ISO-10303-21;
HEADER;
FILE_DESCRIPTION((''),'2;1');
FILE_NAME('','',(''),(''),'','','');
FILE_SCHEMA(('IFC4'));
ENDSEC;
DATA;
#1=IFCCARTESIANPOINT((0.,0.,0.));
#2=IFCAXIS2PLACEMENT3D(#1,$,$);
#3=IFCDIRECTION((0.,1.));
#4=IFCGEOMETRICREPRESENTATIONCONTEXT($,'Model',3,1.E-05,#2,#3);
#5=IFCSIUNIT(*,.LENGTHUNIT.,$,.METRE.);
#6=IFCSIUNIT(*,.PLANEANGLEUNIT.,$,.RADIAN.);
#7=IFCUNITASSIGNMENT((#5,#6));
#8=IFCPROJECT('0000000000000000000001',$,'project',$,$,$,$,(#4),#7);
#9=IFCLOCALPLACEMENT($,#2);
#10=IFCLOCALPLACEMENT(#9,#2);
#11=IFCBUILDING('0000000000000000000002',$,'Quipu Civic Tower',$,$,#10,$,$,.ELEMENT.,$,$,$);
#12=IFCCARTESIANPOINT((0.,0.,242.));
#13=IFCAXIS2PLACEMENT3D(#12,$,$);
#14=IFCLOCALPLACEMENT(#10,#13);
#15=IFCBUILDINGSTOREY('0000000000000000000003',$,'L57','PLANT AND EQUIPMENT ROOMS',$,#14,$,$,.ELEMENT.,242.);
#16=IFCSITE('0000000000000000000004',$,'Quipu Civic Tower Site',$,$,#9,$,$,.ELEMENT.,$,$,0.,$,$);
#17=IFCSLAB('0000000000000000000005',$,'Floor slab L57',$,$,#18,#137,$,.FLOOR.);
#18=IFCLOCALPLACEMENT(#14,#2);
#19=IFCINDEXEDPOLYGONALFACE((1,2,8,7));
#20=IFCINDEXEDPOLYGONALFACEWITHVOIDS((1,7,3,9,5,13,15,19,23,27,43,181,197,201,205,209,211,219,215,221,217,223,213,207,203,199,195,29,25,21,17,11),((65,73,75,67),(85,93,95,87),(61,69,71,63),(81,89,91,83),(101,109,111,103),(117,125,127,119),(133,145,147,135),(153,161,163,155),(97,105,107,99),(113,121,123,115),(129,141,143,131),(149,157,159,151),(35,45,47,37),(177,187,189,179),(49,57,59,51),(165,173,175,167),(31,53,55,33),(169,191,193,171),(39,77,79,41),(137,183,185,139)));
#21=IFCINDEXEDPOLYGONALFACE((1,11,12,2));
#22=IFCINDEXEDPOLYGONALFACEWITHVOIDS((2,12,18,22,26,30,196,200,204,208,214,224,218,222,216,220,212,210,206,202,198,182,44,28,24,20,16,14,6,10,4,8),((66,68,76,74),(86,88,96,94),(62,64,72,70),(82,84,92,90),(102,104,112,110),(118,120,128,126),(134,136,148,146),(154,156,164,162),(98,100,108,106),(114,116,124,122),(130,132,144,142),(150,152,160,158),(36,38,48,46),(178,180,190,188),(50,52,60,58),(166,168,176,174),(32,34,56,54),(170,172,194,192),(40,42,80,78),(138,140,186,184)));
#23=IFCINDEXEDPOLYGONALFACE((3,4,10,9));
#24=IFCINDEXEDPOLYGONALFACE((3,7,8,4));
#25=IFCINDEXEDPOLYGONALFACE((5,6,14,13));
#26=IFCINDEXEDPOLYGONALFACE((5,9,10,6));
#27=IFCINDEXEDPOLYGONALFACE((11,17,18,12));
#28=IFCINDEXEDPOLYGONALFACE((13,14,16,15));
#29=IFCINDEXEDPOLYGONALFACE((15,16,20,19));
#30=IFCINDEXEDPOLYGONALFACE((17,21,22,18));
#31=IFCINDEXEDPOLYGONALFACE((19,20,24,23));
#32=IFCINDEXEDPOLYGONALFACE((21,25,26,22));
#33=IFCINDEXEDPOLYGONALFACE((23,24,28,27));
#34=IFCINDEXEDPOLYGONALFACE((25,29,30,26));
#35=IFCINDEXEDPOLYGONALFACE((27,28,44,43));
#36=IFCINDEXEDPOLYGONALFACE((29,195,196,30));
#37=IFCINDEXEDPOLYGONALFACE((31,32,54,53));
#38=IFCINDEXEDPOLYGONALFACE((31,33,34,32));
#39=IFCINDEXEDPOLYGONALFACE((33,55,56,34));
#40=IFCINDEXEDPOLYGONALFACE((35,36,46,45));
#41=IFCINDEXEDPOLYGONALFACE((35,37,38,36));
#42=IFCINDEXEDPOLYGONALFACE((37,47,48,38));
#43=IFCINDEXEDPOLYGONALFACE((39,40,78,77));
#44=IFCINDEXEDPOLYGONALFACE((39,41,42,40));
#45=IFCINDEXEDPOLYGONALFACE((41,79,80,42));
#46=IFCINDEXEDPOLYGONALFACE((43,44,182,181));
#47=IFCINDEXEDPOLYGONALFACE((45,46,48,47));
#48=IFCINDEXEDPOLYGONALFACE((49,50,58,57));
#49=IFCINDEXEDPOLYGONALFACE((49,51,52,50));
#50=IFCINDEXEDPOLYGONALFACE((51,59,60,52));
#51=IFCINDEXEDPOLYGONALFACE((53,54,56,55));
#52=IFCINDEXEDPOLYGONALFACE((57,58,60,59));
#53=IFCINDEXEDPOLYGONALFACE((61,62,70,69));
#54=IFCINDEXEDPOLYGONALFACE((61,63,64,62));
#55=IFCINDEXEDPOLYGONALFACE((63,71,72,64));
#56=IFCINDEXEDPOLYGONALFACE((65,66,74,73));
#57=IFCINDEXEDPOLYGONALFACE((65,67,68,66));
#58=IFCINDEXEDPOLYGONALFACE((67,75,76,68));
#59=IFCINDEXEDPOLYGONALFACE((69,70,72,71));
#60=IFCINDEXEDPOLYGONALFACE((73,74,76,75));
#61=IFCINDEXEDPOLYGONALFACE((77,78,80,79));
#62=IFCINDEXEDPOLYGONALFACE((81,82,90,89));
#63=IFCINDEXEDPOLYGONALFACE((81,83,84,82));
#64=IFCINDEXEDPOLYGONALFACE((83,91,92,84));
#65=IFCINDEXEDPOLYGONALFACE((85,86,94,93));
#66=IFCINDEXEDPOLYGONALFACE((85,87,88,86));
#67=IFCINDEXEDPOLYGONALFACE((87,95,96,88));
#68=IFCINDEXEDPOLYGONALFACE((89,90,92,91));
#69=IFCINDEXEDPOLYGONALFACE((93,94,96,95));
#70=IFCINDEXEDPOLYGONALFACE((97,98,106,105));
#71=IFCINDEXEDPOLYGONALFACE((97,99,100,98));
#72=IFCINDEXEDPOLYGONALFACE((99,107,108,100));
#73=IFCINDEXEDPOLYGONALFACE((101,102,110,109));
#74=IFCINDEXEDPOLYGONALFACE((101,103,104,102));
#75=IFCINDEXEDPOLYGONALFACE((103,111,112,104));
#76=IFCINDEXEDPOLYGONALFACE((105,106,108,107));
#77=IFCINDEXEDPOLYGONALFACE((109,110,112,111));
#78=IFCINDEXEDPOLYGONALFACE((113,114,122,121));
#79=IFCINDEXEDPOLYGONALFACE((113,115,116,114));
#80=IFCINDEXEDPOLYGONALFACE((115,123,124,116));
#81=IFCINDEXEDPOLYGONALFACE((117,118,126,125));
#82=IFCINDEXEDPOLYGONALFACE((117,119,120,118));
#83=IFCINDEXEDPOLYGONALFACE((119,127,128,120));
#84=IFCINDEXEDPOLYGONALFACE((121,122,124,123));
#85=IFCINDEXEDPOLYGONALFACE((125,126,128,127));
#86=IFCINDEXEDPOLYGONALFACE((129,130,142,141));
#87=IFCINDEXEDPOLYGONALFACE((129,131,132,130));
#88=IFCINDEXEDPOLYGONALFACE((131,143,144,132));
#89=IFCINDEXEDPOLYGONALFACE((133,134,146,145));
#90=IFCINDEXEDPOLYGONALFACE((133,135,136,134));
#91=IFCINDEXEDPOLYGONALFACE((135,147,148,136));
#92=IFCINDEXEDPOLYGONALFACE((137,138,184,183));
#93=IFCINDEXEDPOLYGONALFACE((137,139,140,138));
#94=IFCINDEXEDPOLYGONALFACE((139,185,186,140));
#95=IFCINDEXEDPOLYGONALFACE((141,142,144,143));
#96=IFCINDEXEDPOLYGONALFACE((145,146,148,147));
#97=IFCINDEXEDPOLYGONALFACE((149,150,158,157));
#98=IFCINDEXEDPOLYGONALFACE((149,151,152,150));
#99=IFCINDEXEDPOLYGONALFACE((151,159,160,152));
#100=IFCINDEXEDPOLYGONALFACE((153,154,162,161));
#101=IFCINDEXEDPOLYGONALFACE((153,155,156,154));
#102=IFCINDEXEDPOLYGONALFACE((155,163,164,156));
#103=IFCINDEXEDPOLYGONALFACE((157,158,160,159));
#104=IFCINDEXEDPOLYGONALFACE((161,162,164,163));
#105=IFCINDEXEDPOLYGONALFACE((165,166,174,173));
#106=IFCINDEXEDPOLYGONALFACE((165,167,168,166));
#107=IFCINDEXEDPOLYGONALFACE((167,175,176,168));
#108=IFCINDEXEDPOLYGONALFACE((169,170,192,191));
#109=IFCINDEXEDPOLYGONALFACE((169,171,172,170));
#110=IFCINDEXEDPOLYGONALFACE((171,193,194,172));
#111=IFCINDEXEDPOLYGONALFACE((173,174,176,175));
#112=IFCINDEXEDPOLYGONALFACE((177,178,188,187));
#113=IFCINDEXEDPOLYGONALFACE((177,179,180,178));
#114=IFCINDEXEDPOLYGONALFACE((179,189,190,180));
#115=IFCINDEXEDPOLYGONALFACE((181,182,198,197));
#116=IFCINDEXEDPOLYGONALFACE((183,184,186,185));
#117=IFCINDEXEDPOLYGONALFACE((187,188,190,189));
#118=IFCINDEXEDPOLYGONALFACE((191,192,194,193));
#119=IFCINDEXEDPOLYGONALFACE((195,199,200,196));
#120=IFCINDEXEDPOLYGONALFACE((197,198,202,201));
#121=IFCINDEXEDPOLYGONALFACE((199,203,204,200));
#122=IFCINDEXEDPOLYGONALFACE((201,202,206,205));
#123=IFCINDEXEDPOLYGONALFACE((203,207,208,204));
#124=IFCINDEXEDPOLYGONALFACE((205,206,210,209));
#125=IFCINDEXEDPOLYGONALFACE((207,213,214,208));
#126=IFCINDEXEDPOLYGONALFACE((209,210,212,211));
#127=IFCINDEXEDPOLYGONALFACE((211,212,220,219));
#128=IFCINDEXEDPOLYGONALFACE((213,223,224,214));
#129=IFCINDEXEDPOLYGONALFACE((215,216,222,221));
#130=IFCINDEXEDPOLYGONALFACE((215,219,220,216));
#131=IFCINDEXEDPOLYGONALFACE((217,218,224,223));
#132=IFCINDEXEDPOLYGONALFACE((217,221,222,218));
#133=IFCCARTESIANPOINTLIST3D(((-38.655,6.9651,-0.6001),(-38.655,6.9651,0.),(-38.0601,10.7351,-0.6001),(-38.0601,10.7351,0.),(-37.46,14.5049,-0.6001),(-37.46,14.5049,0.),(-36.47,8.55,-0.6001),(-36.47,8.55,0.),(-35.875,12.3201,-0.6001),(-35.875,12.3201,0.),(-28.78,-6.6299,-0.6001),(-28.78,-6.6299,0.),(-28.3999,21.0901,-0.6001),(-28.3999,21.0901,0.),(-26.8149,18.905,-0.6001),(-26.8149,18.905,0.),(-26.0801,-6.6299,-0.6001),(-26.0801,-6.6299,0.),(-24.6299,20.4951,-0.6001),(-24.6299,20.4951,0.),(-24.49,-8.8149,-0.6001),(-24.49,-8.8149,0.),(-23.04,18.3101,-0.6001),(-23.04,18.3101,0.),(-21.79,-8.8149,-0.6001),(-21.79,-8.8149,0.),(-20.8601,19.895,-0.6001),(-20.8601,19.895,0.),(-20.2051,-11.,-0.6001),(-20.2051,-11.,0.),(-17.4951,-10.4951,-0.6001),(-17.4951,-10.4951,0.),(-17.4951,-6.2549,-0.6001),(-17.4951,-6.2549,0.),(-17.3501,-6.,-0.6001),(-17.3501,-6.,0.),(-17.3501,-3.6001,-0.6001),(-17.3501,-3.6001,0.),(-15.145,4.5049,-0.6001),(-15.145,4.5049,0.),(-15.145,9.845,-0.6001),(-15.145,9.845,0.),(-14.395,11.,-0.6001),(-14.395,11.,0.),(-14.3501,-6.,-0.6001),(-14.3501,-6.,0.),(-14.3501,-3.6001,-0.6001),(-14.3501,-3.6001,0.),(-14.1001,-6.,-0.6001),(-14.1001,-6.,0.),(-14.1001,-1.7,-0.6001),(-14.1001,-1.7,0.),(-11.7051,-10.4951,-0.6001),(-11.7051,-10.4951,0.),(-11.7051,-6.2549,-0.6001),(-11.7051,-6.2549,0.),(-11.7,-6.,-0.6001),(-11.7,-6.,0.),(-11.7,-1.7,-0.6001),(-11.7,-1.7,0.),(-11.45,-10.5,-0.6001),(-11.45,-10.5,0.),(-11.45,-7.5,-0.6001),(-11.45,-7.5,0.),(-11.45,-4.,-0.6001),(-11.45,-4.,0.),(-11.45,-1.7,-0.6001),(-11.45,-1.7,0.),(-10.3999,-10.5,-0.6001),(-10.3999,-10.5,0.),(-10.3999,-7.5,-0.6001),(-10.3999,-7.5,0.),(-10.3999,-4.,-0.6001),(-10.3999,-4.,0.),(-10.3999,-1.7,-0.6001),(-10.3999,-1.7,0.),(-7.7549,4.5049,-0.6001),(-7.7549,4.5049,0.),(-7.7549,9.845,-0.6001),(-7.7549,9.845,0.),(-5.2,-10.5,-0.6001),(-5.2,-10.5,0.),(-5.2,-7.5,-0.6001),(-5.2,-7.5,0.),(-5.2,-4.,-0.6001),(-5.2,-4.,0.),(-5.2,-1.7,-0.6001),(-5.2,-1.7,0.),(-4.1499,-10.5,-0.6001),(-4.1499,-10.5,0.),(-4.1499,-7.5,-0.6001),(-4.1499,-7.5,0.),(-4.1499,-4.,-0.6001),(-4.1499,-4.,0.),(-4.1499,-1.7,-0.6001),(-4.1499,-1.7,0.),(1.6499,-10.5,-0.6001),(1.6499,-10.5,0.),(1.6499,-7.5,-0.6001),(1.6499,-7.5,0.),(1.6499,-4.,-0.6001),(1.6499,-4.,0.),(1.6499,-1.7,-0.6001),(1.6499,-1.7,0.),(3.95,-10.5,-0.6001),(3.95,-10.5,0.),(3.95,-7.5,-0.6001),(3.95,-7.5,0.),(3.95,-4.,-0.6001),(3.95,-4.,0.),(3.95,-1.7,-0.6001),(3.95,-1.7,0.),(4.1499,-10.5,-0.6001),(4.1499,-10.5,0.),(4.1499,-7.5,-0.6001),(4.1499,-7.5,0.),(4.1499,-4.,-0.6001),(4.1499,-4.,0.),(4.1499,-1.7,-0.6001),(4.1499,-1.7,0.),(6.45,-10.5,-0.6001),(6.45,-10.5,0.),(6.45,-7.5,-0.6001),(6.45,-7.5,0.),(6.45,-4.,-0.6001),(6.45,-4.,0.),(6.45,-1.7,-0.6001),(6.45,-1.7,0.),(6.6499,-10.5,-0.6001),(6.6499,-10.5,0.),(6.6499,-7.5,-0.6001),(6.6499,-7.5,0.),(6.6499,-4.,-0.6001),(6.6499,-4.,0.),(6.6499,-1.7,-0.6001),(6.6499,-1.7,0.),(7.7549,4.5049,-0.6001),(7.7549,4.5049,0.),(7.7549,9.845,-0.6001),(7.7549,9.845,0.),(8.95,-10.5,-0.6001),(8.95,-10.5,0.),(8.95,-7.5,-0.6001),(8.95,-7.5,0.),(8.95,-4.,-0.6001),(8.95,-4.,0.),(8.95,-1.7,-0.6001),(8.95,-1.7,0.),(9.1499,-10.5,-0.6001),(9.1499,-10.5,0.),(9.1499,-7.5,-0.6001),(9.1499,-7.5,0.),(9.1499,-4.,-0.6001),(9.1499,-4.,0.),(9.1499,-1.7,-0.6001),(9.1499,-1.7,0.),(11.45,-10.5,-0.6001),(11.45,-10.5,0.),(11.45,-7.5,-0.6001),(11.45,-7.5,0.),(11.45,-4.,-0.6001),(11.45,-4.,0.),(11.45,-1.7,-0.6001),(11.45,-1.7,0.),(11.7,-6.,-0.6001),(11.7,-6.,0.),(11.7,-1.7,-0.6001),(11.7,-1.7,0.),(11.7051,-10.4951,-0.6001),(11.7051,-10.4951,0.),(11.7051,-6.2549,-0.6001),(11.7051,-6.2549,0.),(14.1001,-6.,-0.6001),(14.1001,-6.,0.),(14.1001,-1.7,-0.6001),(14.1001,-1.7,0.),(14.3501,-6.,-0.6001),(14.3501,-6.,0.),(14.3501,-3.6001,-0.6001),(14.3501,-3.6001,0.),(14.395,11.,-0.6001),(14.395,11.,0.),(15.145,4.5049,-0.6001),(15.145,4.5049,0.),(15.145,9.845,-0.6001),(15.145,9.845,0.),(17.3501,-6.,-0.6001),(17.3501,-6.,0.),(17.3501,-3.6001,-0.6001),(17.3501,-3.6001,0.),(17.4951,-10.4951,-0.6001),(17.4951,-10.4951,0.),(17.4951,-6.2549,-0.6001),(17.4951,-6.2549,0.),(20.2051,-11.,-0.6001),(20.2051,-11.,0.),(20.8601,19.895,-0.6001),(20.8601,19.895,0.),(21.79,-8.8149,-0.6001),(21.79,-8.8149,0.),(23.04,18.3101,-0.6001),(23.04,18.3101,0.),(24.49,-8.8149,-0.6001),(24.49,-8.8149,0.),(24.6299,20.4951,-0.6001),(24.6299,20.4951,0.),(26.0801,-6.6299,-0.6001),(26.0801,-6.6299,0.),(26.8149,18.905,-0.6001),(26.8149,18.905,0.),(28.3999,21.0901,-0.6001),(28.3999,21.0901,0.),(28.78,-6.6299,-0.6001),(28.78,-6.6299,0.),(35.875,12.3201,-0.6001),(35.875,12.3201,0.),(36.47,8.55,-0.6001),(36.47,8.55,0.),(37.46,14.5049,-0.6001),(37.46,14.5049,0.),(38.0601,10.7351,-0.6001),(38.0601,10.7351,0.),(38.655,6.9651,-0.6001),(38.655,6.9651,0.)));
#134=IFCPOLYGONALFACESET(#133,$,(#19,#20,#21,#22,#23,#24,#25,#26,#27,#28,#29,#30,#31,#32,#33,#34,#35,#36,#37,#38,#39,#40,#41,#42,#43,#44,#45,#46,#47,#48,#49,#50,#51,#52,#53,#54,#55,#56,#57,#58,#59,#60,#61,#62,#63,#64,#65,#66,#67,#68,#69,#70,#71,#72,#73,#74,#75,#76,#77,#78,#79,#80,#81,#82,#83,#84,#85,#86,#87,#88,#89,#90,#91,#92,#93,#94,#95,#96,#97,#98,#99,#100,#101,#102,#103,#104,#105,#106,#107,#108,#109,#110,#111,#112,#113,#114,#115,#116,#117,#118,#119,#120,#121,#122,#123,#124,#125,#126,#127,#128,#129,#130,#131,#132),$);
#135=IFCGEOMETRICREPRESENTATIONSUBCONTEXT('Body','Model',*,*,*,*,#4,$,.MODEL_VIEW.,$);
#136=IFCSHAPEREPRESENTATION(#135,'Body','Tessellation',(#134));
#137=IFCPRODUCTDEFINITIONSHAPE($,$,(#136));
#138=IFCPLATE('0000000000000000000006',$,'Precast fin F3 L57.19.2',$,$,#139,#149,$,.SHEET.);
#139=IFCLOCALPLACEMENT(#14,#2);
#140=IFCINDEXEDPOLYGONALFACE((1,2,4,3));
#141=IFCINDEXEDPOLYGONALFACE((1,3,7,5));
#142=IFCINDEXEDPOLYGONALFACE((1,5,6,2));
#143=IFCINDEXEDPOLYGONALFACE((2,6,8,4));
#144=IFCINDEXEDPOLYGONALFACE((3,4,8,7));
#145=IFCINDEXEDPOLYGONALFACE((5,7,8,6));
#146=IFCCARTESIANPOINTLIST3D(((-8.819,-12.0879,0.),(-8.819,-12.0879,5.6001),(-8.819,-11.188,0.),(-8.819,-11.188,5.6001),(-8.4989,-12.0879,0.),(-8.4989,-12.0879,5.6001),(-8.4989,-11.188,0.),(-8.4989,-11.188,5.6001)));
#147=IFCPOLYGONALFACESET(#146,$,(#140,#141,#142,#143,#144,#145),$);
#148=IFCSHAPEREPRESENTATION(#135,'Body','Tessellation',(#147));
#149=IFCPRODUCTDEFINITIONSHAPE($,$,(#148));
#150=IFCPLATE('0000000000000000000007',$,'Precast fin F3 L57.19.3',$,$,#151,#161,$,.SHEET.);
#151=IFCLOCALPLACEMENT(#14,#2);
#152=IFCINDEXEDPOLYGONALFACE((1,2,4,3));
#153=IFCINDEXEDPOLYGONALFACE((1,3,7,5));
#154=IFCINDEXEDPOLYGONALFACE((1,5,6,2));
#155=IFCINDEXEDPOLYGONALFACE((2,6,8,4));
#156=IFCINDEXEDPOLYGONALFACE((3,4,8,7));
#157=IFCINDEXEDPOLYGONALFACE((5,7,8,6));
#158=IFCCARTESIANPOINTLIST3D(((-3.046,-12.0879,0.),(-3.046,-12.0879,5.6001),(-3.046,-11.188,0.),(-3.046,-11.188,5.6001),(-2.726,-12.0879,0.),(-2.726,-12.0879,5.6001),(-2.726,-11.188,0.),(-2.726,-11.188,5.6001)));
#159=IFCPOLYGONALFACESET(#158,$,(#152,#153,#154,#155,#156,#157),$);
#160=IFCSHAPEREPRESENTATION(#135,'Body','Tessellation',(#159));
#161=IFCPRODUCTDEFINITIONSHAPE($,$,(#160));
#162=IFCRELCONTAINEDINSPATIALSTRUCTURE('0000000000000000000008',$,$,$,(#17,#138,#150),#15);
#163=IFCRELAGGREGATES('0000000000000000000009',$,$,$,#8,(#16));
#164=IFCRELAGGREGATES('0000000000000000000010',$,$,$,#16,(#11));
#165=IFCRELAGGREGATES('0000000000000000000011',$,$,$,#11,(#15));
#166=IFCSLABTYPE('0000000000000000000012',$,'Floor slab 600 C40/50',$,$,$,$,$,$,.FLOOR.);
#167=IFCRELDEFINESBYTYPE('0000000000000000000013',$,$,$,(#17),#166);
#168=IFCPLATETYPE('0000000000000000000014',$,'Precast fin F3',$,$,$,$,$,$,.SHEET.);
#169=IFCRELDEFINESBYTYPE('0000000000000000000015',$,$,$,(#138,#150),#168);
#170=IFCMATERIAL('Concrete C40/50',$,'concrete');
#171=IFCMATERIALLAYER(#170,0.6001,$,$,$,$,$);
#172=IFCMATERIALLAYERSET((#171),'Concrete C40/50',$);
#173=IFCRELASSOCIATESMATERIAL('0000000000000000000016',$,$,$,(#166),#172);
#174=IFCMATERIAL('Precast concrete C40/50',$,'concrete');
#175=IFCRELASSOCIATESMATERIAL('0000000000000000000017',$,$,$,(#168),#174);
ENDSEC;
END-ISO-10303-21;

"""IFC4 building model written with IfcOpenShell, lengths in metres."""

from ifc_helpers import new_model, si_unit, direction, frame, origin, origin_2d, place, context, subcontext, project, spatial, polyline, rectangle, outline, extrude, material, layer, layer_set, type_object, element, save


model = new_model("IFC4")

# Units and contexts
model_context = context("Model", 3, precision=1e-05, world=origin(), true_north=direction((0.0, 1.0)))
body_context = subcontext(model_context, "Body", "Model", "MODEL_VIEW")
ifc_project = project(units=[si_unit("LENGTHUNIT", "METRE"), si_unit("PLANEANGLEUNIT", "RADIAN")], contexts=[model_context])

# Site, building, storey
site_placement = place(None, origin())
site = spatial("IfcSite", under=ifc_project, at=site_placement, Name="Quipu Civic Tower Site", CompositionType="ELEMENT", RefElevation=0.0)
building_placement = place(site_placement, origin())
building = spatial("IfcBuilding", under=site, at=building_placement, Name="Quipu Civic Tower", CompositionType="ELEMENT")
storey_placement = place(building_placement, frame((0.0, 0.0, 242.0)))
storey = spatial("IfcBuildingStorey", under=building, at=storey_placement, Name="L57", Description="PLANT AND EQUIPMENT ROOMS", CompositionType="ELEMENT", Elevation=242.0)

# Slab
ifc_material_1 = material(Name="Concrete C40/50", Category="concrete")
ifc_layer_1 = layer(ifc_material_1, 0.6001)
ifc_layer_set_1 = layer_set([ifc_layer_1], Name="Concrete C40/50")
slab_type_1 = type_object("IfcSlabType", Name="Floor slab 600 C40/50", PredefinedType="FLOOR", material=ifc_layer_set_1)
slab_1_placement = place(storey_placement, frame((0.0, 0.0, -0.6001)))
element("IfcSlab", 1, at=slab_1_placement, inside=storey, type_object=slab_type_1, Name="Floor slab L57", PredefinedType="FLOOR", context=body_context, shape_type="SweptSolid", body=[
    extrude(outline(polyline([(20.8601, 19.895), (23.04, 18.3101), (24.6299, 20.4951), (26.8149, 18.905), (28.3999, 21.0901), (37.46, 14.5049), (35.875, 12.3201), (38.0601, 10.7351), (36.47, 8.55), (38.655, 6.9651), (28.78, -6.6299), (26.0801, -6.6299), (24.49, -8.8149), (21.79, -8.8149), (20.2051, -11.0), (-20.2051, -11.0), (-21.79, -8.8149), (-24.49, -8.8149), (-26.0801, -6.6299), (-28.78, -6.6299), (-38.655, 6.9651), (-36.47, 8.55), (-38.0601, 10.7351), (-35.875, 12.3201), (-37.46, 14.5049), (-28.3999, 21.0901), (-26.8149, 18.905), (-24.6299, 20.4951), (-23.04, 18.3101), (-20.8601, 19.895), (-14.395, 11.0), (14.395, 11.0), (20.8601, 19.895)]), holes=[polyline([(-11.45, -7.5), (-11.45, -10.5), (-10.3999, -10.5), (-10.3999, -7.5), (-11.45, -7.5)]), polyline([(-5.2, -7.5), (-5.2, -10.5), (-4.1499, -10.5), (-4.1499, -7.5), (-5.2, -7.5)]), polyline([(1.6499, -7.5), (1.6499, -10.5), (3.95, -10.5), (3.95, -7.5), (1.6499, -7.5)]), polyline([(-11.7051, -10.4951), (-11.7051, -6.2549), (-17.4951, -6.2549), (-17.4951, -10.4951), (-11.7051, -10.4951)]), polyline([(-14.3501, -3.6001), (-17.3501, -3.6001), (-17.3501, -6.0), (-14.3501, -6.0), (-14.3501, -3.6001)]), polyline([(-14.1001, -1.7), (-14.1001, -6.0), (-11.7, -6.0), (-11.7, -1.7), (-14.1001, -1.7)]), polyline([(-11.45, -1.7), (-11.45, -4.0), (-10.3999, -4.0), (-10.3999, -1.7), (-11.45, -1.7)]), polyline([(-5.2, -1.7), (-5.2, -4.0), (-4.1499, -4.0), (-4.1499, -1.7), (-5.2, -1.7)]), polyline([(3.95, -1.7), (1.6499, -1.7), (1.6499, -4.0), (3.95, -4.0), (3.95, -1.7)]), polyline([(-7.7549, 4.5049), (-7.7549, 9.845), (-15.145, 9.845), (-15.145, 4.5049), (-7.7549, 4.5049)]), polyline([(4.1499, -7.5), (4.1499, -10.5), (6.45, -10.5), (6.45, -7.5), (4.1499, -7.5)]), polyline([(6.6499, -7.5), (6.6499, -10.5), (8.95, -10.5), (8.95, -7.5), (6.6499, -7.5)]), polyline([(9.1499, -7.5), (9.1499, -10.5), (11.45, -10.5), (11.45, -7.5), (9.1499, -7.5)]), polyline([(11.7051, -6.2549), (11.7051, -10.4951), (17.4951, -10.4951), (17.4951, -6.2549), (11.7051, -6.2549)]), polyline([(17.3501, -3.6001), (14.3501, -3.6001), (14.3501, -6.0), (17.3501, -6.0), (17.3501, -3.6001)]), polyline([(11.7, -1.7), (11.7, -6.0), (14.1001, -6.0), (14.1001, -1.7), (11.7, -1.7)]), polyline([(4.1499, -1.7), (4.1499, -4.0), (6.45, -4.0), (6.45, -1.7), (4.1499, -1.7)]), polyline([(6.6499, -1.7), (6.6499, -4.0), (8.95, -4.0), (8.95, -1.7), (6.6499, -1.7)]), polyline([(11.45, -1.7), (9.1499, -1.7), (9.1499, -4.0), (11.45, -4.0), (11.45, -1.7)]), polyline([(7.7549, 9.845), (7.7549, 4.5049), (15.145, 4.5049), (15.145, 9.845), (7.7549, 9.845)])]), origin(), (0.0, 0.0, 1.0), 0.6001),
])

# Plates
ifc_material_2 = material(Name="Precast concrete C40/50", Category="concrete")
plate_type = type_object("IfcPlateType", Name="Precast fin F3", PredefinedType="SHEET", material=ifc_material_2)
for number, where, z_axis, x_axis, name in (
    (2, (-8.6589, -11.6379, 0.0), (0.0, 0.0, 1.0), (1.0, 0.0, 0.0), "Precast fin F3 L57.19.2"),
    (3, (-2.886, -11.6379, 0.0), (0.0, 0.0, 1.0), (1.0, 0.0, 0.0), "Precast fin F3 L57.19.3"),
):
    element("IfcPlate", number, at=place(storey_placement, frame(where, z_axis=z_axis, x_axis=x_axis)), inside=storey, type_object=plate_type, Name=name, PredefinedType="SHEET", context=body_context, shape_type="SweptSolid", body=[
        extrude(rectangle(XDim=0.3201, YDim=0.8999, at=origin_2d()), origin(), (0.0, 0.0, 1.0), 5.6001),
    ])

save(model, "model.ifc")
